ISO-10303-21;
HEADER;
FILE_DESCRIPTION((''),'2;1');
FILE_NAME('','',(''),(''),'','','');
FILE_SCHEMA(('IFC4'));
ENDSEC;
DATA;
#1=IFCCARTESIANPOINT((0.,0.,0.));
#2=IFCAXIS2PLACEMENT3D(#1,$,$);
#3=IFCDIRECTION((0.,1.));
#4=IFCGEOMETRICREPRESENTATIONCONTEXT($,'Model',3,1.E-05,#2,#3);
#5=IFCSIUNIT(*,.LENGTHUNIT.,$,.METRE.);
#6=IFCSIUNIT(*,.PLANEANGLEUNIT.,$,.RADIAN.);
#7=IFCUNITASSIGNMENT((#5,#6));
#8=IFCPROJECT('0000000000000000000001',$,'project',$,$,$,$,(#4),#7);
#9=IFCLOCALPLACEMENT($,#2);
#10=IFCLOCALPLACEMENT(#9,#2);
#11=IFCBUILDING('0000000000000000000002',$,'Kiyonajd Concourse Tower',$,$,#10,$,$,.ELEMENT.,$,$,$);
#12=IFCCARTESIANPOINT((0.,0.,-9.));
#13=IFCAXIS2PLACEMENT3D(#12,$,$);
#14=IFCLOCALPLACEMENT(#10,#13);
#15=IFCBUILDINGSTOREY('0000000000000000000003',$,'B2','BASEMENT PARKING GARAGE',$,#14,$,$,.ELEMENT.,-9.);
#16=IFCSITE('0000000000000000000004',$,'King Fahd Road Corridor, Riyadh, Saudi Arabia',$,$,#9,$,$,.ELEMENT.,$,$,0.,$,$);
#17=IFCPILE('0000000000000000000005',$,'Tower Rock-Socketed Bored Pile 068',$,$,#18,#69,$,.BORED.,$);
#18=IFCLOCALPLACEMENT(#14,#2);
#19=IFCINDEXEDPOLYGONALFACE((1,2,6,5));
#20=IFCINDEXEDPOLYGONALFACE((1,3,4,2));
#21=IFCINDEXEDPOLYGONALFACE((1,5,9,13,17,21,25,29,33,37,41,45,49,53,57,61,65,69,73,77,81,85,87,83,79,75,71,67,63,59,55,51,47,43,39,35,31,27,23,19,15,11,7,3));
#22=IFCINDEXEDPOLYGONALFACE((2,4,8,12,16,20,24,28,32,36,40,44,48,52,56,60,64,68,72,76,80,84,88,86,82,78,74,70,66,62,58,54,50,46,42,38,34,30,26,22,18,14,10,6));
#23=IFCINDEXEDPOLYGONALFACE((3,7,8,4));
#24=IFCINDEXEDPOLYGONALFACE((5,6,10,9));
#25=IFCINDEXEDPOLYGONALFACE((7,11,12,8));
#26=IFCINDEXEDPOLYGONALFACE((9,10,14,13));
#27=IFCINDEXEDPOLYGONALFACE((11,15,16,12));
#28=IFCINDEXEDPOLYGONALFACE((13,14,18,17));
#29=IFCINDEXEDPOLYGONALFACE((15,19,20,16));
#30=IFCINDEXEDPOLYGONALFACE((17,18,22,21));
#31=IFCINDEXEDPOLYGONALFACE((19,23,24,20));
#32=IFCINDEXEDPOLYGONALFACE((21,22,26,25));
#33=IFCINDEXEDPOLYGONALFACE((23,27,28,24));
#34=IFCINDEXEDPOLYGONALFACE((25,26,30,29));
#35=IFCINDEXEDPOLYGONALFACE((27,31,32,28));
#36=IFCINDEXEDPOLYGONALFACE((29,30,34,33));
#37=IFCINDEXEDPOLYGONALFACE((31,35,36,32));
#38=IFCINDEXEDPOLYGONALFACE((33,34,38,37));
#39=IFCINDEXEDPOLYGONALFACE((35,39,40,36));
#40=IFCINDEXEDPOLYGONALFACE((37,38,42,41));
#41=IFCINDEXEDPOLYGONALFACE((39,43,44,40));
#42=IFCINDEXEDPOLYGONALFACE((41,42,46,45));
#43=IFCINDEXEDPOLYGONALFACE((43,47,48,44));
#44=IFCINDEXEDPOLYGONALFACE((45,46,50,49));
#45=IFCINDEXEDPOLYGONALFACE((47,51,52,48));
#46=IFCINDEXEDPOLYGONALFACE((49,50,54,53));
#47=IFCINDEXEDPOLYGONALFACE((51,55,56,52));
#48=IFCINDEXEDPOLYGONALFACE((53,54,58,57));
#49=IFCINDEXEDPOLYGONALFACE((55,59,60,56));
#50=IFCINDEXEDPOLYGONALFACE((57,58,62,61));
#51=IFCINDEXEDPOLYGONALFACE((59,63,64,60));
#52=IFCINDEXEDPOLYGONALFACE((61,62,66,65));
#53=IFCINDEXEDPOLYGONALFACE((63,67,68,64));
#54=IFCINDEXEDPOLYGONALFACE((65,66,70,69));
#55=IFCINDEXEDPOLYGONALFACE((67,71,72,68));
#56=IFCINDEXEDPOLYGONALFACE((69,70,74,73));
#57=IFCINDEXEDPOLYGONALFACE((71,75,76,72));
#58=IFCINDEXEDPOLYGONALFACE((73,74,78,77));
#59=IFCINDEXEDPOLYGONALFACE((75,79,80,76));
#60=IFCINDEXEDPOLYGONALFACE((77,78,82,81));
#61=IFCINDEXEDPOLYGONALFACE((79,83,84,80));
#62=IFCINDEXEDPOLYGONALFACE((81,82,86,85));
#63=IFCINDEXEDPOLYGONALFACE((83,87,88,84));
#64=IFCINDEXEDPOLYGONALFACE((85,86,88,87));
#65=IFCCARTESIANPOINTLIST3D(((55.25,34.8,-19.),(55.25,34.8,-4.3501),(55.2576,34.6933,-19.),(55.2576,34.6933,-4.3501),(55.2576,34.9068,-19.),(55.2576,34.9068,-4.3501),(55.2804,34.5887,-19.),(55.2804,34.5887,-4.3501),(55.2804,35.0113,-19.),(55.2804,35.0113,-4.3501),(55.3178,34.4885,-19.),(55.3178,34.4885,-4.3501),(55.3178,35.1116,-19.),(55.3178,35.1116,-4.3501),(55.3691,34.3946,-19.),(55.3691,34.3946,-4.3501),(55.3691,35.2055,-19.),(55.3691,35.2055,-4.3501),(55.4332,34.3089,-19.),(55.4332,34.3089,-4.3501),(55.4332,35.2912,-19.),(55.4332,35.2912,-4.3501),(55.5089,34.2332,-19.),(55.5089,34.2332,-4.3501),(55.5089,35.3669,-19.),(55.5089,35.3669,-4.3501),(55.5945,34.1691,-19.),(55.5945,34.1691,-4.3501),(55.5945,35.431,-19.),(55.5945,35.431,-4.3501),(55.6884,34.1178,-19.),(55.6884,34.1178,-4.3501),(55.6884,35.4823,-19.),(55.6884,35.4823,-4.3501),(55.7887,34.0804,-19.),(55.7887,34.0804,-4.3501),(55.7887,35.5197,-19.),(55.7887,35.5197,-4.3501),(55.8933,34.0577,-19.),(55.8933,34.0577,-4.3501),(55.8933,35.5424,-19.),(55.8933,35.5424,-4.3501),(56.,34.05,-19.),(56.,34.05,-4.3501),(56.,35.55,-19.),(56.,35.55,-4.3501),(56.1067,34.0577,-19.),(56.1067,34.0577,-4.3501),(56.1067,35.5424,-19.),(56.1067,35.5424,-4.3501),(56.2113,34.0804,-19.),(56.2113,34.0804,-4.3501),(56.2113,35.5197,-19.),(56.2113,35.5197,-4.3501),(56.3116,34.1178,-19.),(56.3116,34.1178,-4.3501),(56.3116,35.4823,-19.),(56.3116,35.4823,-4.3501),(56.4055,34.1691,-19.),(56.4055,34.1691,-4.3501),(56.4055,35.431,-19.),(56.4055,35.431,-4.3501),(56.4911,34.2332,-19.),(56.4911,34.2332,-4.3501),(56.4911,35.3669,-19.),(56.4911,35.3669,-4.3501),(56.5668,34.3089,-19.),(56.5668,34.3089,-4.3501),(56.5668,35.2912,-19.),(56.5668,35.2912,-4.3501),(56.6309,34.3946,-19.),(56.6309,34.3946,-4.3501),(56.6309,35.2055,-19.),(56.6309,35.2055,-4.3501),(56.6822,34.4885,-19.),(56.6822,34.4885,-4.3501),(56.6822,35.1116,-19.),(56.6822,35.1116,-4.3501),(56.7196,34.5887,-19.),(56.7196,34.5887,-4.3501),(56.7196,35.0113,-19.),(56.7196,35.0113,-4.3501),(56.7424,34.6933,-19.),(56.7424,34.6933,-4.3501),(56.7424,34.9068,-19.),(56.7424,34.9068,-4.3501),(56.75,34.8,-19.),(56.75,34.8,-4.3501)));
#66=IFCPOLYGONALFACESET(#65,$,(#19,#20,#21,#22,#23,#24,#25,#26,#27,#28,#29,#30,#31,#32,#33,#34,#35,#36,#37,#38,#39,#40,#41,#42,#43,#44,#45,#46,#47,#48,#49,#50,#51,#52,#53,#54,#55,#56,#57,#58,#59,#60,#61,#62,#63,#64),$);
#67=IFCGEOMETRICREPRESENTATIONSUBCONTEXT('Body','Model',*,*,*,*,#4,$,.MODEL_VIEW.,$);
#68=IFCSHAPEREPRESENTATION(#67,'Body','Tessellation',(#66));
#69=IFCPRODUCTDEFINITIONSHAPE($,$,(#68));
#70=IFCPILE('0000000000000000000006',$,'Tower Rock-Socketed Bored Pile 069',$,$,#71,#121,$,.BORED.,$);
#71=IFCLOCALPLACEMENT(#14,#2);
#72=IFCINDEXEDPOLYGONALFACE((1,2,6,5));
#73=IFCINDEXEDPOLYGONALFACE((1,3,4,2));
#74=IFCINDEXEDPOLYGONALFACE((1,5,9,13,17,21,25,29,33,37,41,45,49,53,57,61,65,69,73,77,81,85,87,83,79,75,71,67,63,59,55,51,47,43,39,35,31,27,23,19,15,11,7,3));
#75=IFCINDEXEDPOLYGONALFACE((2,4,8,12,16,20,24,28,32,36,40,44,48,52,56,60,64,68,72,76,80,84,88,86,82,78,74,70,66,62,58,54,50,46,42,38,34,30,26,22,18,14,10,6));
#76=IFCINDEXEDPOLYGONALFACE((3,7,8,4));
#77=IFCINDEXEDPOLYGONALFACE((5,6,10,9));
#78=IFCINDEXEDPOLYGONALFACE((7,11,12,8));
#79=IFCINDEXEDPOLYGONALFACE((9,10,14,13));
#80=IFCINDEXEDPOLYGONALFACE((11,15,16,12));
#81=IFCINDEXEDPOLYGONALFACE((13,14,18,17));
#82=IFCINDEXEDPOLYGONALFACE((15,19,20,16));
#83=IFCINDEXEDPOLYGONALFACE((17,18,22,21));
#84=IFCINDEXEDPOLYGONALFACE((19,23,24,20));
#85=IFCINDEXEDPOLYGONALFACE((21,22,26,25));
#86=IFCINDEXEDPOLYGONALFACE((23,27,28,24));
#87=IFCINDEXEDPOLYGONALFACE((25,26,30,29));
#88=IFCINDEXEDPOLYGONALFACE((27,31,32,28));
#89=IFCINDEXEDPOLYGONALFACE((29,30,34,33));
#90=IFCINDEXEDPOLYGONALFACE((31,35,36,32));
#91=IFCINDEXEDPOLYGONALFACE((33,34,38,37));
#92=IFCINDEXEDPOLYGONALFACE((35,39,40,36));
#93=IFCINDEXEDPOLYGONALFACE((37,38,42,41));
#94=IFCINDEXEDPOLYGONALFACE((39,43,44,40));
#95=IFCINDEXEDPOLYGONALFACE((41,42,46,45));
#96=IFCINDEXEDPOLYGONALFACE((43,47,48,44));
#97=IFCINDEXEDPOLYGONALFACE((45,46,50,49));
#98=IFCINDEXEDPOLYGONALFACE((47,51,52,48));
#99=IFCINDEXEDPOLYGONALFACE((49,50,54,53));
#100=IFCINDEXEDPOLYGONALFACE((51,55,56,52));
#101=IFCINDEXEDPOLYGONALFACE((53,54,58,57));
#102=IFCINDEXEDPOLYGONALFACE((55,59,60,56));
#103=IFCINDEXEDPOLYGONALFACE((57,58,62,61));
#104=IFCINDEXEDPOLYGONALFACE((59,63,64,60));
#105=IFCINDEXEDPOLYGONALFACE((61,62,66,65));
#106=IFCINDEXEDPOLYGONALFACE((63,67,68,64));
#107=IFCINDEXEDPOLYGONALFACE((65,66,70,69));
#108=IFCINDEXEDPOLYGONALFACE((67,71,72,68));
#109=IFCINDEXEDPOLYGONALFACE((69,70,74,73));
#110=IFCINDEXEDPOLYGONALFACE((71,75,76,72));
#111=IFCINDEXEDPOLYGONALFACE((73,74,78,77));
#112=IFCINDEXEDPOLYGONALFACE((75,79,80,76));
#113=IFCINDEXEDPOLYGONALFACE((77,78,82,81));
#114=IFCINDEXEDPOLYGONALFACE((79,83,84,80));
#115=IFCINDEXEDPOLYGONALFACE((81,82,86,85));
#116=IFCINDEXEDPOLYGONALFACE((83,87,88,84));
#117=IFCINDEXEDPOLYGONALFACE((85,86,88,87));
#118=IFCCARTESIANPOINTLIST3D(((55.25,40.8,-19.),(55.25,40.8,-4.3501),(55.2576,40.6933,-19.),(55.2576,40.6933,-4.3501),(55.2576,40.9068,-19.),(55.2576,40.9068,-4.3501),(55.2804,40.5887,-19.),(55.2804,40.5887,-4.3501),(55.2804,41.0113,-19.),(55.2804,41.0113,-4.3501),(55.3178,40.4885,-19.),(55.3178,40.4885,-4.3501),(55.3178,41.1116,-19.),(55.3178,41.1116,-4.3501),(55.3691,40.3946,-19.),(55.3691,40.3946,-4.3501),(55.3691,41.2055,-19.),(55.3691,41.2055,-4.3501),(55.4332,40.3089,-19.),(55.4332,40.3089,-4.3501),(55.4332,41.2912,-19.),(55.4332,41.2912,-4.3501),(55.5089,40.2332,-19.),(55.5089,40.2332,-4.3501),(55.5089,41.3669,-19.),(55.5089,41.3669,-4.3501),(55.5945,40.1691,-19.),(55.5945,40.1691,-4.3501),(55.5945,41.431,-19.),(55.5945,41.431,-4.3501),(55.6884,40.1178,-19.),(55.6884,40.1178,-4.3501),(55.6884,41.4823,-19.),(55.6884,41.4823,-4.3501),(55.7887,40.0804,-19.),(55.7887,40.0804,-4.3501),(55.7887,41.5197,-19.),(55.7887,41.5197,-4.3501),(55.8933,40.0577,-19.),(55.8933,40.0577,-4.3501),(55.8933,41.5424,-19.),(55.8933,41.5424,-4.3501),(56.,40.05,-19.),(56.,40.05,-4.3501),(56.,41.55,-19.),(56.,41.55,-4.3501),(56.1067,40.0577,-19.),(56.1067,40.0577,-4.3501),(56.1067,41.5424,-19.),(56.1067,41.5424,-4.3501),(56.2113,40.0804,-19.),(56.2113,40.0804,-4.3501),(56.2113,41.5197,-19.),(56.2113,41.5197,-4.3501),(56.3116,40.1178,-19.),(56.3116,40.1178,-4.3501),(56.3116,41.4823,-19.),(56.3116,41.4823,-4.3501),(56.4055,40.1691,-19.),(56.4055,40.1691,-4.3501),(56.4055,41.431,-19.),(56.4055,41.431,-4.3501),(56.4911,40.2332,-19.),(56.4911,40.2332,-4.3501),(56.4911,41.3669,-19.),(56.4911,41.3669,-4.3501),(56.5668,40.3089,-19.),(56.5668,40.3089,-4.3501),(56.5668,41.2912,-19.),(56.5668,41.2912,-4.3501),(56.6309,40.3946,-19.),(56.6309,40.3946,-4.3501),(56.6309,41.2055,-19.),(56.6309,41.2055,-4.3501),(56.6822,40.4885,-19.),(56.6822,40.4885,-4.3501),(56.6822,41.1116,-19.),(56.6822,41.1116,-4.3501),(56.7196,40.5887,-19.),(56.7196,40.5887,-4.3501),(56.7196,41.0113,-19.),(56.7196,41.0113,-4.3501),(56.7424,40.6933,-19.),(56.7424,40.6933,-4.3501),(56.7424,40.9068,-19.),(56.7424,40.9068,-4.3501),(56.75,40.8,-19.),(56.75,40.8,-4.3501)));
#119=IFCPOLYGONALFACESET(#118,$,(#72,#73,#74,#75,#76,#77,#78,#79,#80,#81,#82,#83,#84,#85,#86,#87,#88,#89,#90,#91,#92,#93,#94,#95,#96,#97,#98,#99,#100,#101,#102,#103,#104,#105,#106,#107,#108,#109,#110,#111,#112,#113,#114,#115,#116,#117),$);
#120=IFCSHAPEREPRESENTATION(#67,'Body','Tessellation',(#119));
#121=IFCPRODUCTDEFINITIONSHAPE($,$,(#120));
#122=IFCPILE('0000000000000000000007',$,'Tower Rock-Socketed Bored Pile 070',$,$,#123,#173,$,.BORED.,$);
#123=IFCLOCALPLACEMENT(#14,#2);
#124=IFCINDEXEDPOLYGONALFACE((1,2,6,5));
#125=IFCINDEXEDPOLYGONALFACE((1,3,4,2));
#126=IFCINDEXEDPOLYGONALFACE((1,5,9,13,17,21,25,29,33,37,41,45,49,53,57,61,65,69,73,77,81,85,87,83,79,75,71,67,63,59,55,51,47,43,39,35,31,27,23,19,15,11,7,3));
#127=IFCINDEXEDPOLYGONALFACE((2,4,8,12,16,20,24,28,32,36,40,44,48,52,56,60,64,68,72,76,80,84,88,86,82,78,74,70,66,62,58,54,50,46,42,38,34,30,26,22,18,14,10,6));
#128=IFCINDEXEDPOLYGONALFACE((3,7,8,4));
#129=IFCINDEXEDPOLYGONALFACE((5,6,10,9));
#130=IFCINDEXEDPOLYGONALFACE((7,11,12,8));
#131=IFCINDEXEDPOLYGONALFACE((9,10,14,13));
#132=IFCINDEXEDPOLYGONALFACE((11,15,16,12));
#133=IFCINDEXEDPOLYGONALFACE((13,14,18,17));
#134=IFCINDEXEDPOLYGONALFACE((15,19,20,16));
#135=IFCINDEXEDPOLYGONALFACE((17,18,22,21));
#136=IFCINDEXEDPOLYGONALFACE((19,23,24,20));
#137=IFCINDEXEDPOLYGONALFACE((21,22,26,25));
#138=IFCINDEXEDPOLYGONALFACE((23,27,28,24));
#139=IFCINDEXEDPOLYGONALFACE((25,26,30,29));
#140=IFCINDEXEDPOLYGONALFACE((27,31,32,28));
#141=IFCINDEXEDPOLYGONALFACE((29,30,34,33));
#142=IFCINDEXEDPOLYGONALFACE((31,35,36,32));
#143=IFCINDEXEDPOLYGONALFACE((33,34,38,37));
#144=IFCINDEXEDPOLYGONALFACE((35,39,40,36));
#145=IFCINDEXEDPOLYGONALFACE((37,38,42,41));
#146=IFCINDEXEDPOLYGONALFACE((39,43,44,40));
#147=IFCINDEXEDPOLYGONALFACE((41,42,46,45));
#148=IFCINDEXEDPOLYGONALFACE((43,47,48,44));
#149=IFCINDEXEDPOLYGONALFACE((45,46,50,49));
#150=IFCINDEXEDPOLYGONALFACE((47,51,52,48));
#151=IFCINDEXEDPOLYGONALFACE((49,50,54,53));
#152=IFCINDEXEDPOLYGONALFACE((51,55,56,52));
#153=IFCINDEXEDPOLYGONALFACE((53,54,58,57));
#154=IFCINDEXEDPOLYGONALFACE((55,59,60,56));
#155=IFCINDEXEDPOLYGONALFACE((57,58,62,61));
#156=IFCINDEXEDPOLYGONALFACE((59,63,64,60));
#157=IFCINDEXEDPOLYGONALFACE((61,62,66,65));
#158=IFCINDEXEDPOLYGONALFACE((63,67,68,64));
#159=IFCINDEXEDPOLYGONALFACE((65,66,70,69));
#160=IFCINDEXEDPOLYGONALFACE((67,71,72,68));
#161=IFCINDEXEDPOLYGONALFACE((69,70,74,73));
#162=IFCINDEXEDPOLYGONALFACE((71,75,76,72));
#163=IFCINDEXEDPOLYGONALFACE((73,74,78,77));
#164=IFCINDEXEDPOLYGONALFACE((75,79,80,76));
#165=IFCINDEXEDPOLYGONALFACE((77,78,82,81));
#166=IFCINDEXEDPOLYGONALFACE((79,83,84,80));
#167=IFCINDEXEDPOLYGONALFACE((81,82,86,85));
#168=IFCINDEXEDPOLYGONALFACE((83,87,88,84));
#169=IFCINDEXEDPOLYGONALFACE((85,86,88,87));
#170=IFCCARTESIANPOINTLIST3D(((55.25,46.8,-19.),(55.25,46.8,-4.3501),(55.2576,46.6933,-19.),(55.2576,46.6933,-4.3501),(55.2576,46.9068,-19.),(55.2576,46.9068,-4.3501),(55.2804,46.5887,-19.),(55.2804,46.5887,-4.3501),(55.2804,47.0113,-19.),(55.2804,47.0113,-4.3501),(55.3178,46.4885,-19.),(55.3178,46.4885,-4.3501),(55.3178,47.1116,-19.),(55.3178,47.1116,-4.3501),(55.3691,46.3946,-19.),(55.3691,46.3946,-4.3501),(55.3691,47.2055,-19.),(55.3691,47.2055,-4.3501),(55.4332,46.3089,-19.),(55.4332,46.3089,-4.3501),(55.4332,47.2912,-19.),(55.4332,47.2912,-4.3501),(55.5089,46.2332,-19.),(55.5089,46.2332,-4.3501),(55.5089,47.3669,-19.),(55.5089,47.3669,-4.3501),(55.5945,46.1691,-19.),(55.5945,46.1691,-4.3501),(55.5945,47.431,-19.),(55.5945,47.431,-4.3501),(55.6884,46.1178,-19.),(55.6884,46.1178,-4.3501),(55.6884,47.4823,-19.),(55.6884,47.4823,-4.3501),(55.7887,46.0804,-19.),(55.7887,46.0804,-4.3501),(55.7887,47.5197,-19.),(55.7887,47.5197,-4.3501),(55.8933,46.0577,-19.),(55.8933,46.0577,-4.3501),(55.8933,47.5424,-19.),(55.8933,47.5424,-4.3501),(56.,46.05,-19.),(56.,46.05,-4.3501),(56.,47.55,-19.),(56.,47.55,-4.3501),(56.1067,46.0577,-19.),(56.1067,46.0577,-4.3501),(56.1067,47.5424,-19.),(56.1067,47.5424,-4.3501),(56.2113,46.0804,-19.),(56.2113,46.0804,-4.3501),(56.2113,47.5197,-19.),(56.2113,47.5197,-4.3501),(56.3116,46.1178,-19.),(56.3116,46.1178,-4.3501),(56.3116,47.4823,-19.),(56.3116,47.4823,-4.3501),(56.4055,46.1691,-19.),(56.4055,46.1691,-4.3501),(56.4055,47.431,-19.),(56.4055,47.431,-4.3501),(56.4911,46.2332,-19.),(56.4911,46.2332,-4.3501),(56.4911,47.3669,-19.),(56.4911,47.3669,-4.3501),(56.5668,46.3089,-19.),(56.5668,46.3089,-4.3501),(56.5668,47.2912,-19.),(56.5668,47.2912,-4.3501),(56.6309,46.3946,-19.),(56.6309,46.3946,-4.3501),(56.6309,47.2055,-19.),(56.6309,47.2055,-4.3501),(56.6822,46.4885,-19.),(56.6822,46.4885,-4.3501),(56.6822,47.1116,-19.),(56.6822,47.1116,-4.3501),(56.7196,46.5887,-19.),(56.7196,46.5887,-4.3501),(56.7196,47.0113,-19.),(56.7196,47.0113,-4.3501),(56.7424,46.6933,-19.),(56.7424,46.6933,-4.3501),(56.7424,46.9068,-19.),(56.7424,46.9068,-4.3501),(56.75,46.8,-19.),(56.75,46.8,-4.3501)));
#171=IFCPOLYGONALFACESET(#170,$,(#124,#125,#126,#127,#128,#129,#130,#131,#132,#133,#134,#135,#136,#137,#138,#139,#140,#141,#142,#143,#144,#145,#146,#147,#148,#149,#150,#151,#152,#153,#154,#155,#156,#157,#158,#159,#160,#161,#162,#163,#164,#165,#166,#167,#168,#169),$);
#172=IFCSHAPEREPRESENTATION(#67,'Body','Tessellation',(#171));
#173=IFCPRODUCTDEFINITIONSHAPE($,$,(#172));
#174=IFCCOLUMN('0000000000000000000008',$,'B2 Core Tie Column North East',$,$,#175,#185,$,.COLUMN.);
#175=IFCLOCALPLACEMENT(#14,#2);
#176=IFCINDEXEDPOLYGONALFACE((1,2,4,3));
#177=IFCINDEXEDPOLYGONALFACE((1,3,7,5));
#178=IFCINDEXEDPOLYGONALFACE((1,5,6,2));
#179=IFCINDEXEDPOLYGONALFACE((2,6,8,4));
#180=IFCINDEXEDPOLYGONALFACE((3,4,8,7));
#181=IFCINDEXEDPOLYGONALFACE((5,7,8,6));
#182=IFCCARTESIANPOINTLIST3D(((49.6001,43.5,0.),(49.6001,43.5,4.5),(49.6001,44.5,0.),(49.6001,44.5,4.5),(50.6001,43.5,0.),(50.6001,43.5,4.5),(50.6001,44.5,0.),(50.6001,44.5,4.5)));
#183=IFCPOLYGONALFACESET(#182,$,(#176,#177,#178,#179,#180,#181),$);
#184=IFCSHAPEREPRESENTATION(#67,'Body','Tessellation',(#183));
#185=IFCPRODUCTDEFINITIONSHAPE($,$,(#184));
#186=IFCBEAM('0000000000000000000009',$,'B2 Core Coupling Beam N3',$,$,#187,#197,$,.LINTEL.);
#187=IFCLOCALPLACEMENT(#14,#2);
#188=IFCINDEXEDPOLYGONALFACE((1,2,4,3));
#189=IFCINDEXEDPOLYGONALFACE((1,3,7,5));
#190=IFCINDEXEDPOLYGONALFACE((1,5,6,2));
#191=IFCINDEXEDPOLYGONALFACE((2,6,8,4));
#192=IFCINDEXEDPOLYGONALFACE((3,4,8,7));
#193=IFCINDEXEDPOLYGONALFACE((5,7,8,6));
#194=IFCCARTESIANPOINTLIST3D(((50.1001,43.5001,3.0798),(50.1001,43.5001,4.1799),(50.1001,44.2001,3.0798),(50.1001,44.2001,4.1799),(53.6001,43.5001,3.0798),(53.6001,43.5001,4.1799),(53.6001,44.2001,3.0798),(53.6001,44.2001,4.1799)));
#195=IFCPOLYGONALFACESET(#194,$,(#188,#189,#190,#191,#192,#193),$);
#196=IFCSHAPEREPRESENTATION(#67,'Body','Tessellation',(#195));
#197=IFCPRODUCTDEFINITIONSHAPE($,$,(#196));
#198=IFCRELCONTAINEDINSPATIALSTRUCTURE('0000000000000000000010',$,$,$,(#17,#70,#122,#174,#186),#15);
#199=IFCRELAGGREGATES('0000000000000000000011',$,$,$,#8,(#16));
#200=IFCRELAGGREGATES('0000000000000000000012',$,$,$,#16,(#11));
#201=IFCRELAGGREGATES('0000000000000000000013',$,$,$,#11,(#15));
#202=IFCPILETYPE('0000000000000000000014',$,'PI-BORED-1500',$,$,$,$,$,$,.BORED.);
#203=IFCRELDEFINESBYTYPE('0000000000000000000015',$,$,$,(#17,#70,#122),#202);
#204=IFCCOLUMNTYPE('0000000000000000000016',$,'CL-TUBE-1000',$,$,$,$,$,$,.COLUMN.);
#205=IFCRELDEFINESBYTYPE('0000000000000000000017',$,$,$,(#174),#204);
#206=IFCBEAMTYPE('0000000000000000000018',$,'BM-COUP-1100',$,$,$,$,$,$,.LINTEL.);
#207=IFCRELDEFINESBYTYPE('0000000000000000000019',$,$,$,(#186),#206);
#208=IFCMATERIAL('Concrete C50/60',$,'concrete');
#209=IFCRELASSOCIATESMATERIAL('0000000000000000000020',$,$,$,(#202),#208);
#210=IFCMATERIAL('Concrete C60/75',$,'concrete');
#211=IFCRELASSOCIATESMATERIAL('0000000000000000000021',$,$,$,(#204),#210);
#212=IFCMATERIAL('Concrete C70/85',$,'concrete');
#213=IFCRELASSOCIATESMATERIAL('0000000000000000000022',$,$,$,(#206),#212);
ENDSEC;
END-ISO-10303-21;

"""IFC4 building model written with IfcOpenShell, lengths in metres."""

from ifc_helpers import new_model, si_unit, direction, frame, origin, origin_2d, place, context, subcontext, project, spatial, rectangle, circle, extrude, material, material_profile, profile_set, type_object, element, save


model = new_model("IFC4")

# Units and contexts
model_context = context("Model", 3, precision=1e-05, world=origin(), true_north=direction((0.0, 1.0)))
body_context = subcontext(model_context, "Body", "Model", "MODEL_VIEW")
ifc_project = project(units=[si_unit("LENGTHUNIT", "METRE"), si_unit("PLANEANGLEUNIT", "RADIAN")], contexts=[model_context])

# Site, building, storey
site_placement = place(None, origin())
site = spatial("IfcSite", under=ifc_project, at=site_placement, Name="King Fahd Road Corridor, Riyadh, Saudi Arabia", CompositionType="ELEMENT", RefElevation=0.0)
building_placement = place(site_placement, origin())
building = spatial("IfcBuilding", under=site, at=building_placement, Name="Kiyonajd Concourse Tower", CompositionType="ELEMENT")
storey_placement = place(building_placement, frame((0.0, 0.0, -9.0)))
storey = spatial("IfcBuildingStorey", under=building, at=storey_placement, Name="B2", Description="BASEMENT PARKING GARAGE", CompositionType="ELEMENT", Elevation=-9.0)

# Piles
ifc_material_1 = material(Name="Concrete C50/60", Category="concrete")
ifc_material_profile_1 = material_profile(ifc_material_1, circle(Radius=0.75, at=origin_2d()), Name="PILE-D1500")
ifc_profile_set_1 = profile_set([ifc_material_profile_1], Name="Concrete C50/60")
pile_type = type_object("IfcPileType", Name="PI-BORED-1500", PredefinedType="BORED", material=ifc_profile_set_1)
for number, where, z_axis, x_axis, name in (
    (1, (56.0, 34.8, -4.3501), (0.0, 0.0, -1.0), (1.0, 0.0, 0.0), "Tower Rock-Socketed Bored Pile 068"),
    (2, (56.0, 40.8, -4.3501), (0.0, 0.0, -1.0), (1.0, 0.0, 0.0), "Tower Rock-Socketed Bored Pile 069"),
    (3, (56.0, 46.8, -4.3501), (0.0, 0.0, -1.0), (1.0, 0.0, 0.0), "Tower Rock-Socketed Bored Pile 070"),
):
    element("IfcPile", number, at=place(storey_placement, frame(where, z_axis=z_axis, x_axis=x_axis)), inside=storey, type_object=pile_type, Name=name, PredefinedType="BORED", context=body_context, shape_type="SweptSolid", body=[
        extrude(circle(Radius=0.75, at=origin_2d()), origin(), (0.0, 0.0, 1.0), 14.6499),
    ])

# Column
ifc_material_2 = material(Name="Concrete C60/75", Category="concrete")
ifc_material_profile_2 = material_profile(ifc_material_2, rectangle(XDim=1.0, YDim=1.0, at=origin_2d()), Name="RC-1000x1000")
ifc_profile_set_2 = profile_set([ifc_material_profile_2], Name="Concrete C60/75")
column_type = type_object("IfcColumnType", Name="CL-TUBE-1000", PredefinedType="COLUMN", material=ifc_profile_set_2)
column_placement = place(storey_placement, frame((50.1001, 44.0, 0.0), z_axis=(0.0, 0.0, 1.0), x_axis=(1.0, 0.0, 0.0)))
element("IfcColumn", 4, at=column_placement, inside=storey, type_object=column_type, Name="B2 Core Tie Column North East", PredefinedType="COLUMN", context=body_context, shape_type="SweptSolid", body=[
    extrude(rectangle(XDim=1.0, YDim=1.0, at=origin_2d()), origin(), (0.0, 0.0, 1.0), 4.5),
])

# Beam
ifc_material_3 = material(Name="Concrete C70/85", Category="concrete")
ifc_material_profile_3 = material_profile(ifc_material_3, rectangle(XDim=0.7, YDim=1.1001, at=origin_2d()), Name="RCBM-700x1100")
ifc_profile_set_3 = profile_set([ifc_material_profile_3], Name="Concrete C70/85")
beam_type_1 = type_object("IfcBeamType", Name="BM-COUP-1100", PredefinedType="LINTEL", material=ifc_profile_set_3)
beam_1_placement = place(storey_placement, frame((50.1001, 43.8501, 3.6299), z_axis=(1.0, 0.0, 0.0), x_axis=(0.0, 1.0, 0.0)))
element("IfcBeam", 5, at=beam_1_placement, inside=storey, type_object=beam_type_1, Name="B2 Core Coupling Beam N3", PredefinedType="LINTEL", context=body_context, shape_type="SweptSolid", body=[
    extrude(rectangle(XDim=0.7, YDim=1.1001, at=origin_2d()), origin(), (0.0, 0.0, 1.0), 3.5),
])

save(model, "model.ifc")
